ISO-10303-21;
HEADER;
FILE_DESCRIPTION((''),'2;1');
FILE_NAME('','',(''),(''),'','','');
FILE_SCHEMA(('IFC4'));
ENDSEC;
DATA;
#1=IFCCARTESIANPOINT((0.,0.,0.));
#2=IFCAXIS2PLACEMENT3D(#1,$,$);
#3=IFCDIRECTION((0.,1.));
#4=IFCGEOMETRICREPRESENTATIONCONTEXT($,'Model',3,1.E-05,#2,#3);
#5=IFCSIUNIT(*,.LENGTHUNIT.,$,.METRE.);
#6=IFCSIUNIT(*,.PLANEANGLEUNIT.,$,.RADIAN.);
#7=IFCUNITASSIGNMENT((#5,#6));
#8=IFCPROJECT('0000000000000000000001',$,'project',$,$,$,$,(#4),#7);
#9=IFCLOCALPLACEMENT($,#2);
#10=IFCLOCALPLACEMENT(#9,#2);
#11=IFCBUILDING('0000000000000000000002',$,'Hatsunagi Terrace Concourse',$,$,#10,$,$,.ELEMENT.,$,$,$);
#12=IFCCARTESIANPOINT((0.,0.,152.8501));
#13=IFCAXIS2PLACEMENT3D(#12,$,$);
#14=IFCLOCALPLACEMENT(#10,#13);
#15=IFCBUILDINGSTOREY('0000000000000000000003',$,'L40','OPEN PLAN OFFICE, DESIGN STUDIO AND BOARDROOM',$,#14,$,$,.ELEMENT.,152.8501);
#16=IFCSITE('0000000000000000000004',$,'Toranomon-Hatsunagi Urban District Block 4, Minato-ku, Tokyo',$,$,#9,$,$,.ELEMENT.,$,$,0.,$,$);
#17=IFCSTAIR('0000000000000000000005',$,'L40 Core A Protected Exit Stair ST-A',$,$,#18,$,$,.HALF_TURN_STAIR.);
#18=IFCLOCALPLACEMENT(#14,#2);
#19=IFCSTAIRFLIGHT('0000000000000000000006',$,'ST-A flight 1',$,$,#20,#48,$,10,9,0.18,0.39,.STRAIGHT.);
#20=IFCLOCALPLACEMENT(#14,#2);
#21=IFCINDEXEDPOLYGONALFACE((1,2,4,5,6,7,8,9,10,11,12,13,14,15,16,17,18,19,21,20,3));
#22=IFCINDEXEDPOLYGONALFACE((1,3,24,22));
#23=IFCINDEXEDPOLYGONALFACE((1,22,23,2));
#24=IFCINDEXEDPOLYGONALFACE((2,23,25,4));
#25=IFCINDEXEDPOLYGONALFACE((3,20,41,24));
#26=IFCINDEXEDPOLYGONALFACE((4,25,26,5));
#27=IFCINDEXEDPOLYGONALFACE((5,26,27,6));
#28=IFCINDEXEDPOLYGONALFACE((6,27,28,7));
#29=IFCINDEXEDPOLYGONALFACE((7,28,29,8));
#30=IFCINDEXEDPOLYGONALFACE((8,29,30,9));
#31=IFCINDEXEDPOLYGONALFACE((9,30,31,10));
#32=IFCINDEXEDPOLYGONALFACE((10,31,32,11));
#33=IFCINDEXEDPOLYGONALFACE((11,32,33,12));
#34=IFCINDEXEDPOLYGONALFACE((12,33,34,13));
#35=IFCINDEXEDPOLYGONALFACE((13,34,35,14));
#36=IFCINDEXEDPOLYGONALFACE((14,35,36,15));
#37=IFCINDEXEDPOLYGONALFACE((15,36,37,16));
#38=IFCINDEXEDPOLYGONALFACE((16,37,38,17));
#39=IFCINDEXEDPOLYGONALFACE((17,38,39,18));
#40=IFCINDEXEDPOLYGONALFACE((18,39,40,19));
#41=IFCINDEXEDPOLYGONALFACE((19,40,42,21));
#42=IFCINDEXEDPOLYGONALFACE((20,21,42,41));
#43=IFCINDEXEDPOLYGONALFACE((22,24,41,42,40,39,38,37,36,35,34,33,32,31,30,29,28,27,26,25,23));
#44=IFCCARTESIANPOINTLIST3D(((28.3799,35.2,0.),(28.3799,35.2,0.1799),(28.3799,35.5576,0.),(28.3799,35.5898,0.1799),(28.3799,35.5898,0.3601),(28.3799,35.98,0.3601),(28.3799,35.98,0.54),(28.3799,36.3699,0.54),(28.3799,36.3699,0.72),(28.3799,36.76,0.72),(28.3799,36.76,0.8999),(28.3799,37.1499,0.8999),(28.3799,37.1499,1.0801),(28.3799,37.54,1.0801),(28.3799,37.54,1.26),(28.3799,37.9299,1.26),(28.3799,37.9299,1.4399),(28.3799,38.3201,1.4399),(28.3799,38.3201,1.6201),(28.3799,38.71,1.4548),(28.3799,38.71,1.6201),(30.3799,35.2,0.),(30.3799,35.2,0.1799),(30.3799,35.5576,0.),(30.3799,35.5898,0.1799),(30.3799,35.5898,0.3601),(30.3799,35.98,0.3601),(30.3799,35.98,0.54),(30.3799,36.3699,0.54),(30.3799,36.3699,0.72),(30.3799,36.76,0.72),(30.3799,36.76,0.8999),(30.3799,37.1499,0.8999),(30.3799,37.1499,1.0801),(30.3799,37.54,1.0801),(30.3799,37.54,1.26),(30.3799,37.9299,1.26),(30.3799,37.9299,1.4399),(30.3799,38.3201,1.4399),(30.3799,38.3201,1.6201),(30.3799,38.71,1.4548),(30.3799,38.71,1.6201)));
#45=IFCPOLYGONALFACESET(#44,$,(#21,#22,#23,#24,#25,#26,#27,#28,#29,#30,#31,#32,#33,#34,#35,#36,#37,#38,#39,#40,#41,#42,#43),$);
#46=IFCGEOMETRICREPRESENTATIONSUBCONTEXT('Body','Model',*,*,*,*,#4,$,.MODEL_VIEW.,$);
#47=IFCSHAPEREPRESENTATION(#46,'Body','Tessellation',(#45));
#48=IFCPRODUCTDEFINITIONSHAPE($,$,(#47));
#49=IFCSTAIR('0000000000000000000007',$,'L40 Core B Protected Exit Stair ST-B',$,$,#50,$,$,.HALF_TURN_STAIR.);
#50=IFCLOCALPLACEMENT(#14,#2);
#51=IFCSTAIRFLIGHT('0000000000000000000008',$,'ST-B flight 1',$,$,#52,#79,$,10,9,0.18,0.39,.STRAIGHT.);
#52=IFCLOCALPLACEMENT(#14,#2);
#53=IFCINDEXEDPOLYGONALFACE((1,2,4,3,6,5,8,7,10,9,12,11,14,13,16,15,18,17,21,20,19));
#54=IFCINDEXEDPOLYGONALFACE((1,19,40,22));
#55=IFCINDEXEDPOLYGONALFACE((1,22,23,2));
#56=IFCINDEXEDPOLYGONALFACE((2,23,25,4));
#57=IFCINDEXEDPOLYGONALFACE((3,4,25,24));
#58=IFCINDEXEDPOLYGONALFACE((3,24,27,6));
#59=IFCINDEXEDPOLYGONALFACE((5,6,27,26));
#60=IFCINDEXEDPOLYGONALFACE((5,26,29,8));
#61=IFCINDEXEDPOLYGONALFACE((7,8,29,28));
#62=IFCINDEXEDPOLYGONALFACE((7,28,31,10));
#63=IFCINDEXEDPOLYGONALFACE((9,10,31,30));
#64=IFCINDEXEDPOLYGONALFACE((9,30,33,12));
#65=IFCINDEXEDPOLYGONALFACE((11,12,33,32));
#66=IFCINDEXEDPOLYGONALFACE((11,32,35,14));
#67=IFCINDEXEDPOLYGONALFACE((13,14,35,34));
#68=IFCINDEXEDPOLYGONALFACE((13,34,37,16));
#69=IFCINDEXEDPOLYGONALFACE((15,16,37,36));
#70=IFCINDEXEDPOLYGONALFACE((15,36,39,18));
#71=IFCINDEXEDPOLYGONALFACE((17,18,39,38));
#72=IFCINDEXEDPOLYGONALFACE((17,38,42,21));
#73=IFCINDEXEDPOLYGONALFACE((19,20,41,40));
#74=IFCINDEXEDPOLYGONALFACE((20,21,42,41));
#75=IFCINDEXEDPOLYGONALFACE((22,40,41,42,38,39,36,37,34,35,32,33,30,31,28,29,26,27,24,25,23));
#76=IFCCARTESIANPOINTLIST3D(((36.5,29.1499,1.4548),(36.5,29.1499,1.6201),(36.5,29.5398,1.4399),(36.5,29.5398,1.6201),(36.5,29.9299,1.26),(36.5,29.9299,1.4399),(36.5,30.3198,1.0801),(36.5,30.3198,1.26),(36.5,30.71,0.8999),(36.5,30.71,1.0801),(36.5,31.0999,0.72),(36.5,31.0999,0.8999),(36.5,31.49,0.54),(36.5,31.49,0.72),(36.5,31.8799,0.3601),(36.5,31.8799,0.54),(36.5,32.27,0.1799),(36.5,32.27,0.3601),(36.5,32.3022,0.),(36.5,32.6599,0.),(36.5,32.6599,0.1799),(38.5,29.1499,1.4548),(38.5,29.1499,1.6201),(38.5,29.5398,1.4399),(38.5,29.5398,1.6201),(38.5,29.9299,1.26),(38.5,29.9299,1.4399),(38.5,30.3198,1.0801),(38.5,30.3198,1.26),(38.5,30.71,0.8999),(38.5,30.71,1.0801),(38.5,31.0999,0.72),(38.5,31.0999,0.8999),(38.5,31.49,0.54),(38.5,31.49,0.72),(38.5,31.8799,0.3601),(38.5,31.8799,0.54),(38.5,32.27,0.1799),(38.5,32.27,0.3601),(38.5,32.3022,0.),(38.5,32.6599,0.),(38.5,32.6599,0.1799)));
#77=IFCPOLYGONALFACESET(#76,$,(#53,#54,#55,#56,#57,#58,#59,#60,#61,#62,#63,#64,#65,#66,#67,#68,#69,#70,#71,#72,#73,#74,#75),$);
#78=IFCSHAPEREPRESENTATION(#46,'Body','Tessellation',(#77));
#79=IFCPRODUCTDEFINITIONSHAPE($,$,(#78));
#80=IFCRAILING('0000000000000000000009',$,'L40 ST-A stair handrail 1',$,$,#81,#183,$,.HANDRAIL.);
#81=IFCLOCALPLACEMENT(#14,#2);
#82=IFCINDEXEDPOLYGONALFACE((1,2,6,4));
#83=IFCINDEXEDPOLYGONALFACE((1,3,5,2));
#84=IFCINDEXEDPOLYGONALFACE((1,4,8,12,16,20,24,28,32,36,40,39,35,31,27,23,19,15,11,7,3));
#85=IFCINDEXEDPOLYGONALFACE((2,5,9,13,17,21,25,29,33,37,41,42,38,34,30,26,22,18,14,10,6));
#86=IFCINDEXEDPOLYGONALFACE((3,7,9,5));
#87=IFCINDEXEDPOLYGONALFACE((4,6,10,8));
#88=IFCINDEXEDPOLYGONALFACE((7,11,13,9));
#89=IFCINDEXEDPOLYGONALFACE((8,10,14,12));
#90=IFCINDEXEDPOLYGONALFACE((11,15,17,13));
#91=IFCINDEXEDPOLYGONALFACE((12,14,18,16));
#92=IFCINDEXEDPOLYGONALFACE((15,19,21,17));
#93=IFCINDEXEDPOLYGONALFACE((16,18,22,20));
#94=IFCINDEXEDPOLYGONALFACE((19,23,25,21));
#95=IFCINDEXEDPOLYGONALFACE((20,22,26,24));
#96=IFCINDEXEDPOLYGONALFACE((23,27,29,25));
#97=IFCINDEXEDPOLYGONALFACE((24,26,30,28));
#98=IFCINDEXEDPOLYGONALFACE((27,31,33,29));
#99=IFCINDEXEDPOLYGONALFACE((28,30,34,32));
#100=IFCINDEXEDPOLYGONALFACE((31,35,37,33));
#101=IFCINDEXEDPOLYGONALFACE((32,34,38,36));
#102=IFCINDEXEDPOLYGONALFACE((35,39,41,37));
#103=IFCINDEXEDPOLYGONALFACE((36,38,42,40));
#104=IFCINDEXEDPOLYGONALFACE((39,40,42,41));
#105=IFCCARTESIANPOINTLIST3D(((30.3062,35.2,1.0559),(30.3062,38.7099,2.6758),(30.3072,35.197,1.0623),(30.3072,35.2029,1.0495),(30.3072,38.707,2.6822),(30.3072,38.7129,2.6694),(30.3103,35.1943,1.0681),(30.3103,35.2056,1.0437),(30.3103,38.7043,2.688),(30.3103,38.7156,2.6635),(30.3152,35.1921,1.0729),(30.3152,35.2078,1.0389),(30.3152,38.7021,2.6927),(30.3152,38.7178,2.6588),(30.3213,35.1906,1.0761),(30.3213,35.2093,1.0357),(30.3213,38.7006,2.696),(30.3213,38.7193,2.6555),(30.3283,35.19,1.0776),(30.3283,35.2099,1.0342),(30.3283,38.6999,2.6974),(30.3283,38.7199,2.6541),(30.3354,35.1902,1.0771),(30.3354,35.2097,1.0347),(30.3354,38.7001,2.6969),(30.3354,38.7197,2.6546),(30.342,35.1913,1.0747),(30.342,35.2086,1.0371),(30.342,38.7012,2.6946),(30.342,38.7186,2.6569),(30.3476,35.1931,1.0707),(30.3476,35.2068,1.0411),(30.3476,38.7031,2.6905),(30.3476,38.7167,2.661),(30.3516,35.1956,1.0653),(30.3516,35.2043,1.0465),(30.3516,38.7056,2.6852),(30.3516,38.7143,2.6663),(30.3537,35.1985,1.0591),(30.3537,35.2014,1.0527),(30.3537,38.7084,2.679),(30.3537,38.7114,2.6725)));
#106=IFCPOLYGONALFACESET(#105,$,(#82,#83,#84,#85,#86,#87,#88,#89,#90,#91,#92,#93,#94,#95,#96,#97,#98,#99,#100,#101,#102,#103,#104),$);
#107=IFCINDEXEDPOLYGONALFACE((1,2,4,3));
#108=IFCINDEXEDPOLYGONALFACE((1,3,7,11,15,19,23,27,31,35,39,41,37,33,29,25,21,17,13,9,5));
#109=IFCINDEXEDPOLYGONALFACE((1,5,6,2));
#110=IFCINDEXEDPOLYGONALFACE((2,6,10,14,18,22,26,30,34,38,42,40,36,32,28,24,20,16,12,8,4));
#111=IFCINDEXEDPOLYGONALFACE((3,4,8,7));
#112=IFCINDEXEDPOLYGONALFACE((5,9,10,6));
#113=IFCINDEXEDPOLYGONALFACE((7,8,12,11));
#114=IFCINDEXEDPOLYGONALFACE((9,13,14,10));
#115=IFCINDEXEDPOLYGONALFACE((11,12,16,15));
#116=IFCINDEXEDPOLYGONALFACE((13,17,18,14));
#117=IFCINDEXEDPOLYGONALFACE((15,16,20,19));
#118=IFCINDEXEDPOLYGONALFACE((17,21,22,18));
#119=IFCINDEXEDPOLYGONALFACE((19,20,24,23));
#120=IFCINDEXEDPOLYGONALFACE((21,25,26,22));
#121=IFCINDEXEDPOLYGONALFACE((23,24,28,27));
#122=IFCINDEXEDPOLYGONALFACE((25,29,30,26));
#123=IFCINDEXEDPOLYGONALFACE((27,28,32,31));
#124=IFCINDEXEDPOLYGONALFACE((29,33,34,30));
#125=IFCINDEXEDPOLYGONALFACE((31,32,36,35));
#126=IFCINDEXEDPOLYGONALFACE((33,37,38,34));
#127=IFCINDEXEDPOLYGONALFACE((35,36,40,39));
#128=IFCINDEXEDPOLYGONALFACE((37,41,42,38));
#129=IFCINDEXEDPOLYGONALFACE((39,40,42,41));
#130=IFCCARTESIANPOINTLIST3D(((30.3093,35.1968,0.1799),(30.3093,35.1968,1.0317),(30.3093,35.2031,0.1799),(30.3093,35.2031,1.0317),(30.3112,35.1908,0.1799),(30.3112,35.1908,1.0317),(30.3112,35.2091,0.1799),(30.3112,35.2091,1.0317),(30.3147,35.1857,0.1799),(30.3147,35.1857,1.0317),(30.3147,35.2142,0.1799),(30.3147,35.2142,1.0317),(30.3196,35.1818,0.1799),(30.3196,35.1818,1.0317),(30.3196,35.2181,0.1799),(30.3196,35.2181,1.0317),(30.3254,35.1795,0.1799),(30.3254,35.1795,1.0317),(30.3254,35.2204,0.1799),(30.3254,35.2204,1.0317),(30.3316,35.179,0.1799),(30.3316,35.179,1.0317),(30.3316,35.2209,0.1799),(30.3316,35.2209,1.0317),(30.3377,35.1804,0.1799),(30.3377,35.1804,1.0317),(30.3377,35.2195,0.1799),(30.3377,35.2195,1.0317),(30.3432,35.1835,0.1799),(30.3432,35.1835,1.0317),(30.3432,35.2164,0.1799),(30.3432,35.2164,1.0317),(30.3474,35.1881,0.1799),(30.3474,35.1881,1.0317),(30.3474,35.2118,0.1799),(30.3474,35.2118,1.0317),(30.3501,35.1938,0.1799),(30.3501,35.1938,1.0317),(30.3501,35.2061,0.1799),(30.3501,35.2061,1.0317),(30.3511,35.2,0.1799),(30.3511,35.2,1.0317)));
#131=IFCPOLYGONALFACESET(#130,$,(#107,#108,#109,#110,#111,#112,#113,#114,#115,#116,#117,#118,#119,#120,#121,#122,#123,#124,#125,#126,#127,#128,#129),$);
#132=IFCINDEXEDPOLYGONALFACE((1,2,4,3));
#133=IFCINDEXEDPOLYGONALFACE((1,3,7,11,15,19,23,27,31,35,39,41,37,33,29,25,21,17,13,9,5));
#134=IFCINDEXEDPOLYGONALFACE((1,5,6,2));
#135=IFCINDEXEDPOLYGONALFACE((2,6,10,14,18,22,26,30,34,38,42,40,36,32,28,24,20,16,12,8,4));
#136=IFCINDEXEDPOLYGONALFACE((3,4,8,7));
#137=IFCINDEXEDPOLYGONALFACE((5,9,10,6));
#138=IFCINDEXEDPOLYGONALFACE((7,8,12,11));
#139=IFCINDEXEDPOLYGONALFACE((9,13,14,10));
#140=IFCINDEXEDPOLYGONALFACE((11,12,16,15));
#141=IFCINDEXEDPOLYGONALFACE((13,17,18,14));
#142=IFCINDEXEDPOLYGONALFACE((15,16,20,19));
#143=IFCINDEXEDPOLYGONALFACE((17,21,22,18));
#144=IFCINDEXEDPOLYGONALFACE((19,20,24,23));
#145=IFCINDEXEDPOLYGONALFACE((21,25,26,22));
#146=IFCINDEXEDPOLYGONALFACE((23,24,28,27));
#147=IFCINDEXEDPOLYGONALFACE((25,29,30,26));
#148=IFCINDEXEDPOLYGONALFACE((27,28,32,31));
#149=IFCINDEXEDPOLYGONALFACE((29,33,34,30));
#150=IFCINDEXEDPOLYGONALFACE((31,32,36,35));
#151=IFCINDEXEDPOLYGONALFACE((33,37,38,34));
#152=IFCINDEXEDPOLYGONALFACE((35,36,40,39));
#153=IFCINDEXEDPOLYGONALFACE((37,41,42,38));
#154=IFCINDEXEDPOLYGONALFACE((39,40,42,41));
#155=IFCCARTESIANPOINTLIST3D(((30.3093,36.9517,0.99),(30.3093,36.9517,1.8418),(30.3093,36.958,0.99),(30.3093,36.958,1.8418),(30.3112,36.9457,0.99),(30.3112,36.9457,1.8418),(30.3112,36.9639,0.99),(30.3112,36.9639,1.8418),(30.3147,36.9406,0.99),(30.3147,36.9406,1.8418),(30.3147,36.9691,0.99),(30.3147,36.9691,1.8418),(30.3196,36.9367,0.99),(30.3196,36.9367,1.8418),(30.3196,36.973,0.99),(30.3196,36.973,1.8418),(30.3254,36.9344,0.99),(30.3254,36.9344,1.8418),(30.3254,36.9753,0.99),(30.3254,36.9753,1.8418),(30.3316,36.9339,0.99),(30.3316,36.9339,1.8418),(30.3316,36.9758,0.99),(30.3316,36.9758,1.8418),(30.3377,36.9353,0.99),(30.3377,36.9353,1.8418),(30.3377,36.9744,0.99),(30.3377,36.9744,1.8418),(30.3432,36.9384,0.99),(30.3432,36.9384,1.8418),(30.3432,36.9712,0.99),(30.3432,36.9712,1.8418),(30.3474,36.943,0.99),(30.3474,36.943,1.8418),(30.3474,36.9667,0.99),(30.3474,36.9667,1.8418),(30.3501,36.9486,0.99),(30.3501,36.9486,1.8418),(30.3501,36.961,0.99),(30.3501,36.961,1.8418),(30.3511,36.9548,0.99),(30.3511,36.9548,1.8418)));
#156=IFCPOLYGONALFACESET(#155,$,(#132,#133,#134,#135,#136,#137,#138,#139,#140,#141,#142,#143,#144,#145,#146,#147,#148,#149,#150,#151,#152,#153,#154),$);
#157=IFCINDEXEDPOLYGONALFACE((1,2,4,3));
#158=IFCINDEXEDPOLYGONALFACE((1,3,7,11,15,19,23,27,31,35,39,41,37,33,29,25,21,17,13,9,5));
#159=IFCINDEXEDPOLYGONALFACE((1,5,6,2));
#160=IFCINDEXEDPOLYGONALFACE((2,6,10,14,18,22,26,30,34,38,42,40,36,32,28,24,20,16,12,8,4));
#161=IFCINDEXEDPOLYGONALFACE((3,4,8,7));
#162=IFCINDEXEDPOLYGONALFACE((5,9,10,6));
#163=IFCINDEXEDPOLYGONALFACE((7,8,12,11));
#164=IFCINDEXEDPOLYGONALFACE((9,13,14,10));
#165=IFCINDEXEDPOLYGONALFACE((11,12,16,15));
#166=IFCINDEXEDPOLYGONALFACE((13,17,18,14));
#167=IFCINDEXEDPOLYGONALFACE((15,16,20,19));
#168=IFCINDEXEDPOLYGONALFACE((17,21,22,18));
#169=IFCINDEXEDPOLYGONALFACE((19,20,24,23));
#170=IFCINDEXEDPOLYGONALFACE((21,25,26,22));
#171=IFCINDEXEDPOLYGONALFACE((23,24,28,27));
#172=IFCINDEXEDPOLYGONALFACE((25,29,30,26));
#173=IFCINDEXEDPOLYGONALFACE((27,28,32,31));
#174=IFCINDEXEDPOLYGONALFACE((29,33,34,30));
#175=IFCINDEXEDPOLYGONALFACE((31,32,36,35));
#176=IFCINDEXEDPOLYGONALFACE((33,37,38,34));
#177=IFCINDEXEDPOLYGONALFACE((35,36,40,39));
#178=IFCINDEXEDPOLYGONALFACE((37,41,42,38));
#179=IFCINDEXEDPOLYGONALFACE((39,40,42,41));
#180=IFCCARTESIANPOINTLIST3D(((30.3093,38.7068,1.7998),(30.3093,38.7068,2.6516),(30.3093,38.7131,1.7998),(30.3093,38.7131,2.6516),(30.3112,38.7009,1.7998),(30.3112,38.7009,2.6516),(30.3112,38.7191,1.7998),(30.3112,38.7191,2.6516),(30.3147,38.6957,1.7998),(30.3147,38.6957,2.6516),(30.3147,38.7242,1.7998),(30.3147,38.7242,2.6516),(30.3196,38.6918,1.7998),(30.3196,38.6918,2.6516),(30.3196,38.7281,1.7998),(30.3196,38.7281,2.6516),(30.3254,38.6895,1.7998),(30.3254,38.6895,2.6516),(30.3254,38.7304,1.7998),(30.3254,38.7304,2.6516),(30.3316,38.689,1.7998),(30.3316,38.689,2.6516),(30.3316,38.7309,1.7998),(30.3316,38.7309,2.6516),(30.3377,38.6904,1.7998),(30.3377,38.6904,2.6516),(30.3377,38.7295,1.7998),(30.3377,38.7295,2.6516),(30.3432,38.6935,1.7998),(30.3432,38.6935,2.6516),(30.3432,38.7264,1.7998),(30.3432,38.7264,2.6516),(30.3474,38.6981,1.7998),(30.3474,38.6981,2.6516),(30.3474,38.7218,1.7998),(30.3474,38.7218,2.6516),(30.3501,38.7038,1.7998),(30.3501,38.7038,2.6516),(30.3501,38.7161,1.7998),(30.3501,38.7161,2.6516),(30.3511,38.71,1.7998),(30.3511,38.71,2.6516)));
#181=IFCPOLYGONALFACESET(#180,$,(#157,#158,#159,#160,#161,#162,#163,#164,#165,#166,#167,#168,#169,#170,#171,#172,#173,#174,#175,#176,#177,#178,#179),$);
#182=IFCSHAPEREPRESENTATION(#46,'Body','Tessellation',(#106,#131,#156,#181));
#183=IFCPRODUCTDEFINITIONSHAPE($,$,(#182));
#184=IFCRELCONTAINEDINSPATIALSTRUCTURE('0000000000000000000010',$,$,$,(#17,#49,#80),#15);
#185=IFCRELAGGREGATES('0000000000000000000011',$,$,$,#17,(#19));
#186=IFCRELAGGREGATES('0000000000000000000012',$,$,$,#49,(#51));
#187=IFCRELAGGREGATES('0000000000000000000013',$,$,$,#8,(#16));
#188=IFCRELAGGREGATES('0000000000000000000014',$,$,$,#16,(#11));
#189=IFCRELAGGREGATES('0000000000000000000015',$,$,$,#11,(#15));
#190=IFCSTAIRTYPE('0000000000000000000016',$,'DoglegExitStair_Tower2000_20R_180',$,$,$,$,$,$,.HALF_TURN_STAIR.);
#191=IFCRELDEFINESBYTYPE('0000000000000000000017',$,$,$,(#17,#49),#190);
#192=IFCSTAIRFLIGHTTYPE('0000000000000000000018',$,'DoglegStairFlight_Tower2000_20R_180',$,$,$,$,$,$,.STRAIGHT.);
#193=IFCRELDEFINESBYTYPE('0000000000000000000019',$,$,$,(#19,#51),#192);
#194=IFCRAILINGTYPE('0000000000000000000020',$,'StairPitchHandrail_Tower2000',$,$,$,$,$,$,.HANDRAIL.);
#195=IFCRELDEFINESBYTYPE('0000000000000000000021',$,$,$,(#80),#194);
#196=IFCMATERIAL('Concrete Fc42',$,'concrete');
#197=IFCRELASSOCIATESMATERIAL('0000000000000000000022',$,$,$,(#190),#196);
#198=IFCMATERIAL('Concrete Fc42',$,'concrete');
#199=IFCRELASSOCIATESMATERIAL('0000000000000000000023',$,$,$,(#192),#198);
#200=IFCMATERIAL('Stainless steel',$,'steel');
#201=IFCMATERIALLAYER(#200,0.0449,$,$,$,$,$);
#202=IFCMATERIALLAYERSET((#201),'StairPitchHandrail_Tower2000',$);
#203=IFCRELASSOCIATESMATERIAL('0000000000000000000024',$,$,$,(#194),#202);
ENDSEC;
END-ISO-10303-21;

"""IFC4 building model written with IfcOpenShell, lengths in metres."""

from ifc_helpers import new_model, si_unit, direction, frame, origin, origin_2d, place, context, subcontext, project, spatial, polyline, circle, outline, extrude, material, layer, layer_set, type_object, element, aggregate, save


model = new_model("IFC4")

# Units and contexts
model_context = context("Model", 3, precision=1e-05, world=origin(), true_north=direction((0.0, 1.0)))
body_context = subcontext(model_context, "Body", "Model", "MODEL_VIEW")
ifc_project = project(units=[si_unit("LENGTHUNIT", "METRE"), si_unit("PLANEANGLEUNIT", "RADIAN")], contexts=[model_context])

# Site, building, storey
site_placement = place(None, origin())
site = spatial("IfcSite", under=ifc_project, at=site_placement, Name="Toranomon-Hatsunagi Urban District Block 4, Minato-ku, Tokyo", CompositionType="ELEMENT", RefElevation=0.0)
building_placement = place(site_placement, origin())
building = spatial("IfcBuilding", under=site, at=building_placement, Name="Hatsunagi Terrace Concourse", CompositionType="ELEMENT")
storey_placement = place(building_placement, frame((0.0, 0.0, 152.8501)))
storey = spatial("IfcBuildingStorey", under=building, at=storey_placement, Name="L40", Description="OPEN PLAN OFFICE, DESIGN STUDIO AND BOARDROOM", CompositionType="ELEMENT", Elevation=152.8501)

# Stairs, stair flights
ifc_material_1 = material(Name="Concrete Fc42", Category="concrete")
stair_type = type_object("IfcStairType", Name="DoglegExitStair_Tower2000_20R_180", PredefinedType="HALF_TURN_STAIR", material=ifc_material_1)
stair_1_placement = place(storey_placement, origin())
stair_1 = element("IfcStair", 1, at=stair_1_placement, inside=storey, type_object=stair_type, Name="L40 Core A Protected Exit Stair ST-A", PredefinedType="HALF_TURN_STAIR")
ifc_material_2 = material(Name="Concrete Fc42", Category="concrete")
stair_flight_type = type_object("IfcStairFlightType", Name="DoglegStairFlight_Tower2000_20R_180", PredefinedType="STRAIGHT", material=ifc_material_2)
stair_flight_1_placement = place(storey_placement, frame((29.3799, 35.2, 0.0), z_axis=(0.0, 0.0, 1.0), x_axis=(0.0, 1.0, 0.0)))
stair_flight_1 = element("IfcStairFlight", 2, at=stair_flight_1_placement, type_object=stair_flight_type, Name="ST-A flight 1", NumberOfRisers=10, NumberOfTreads=9, PredefinedType="STRAIGHT", RiserHeight=0.18, TreadLength=0.39, context=body_context, shape_type="SweptSolid", body=[
    extrude(outline(polyline([(0.0, 0.0), (0.0, 0.1799), (0.3899, 0.1799), (0.3899, 0.3601), (0.78, 0.3601), (0.78, 0.54), (1.1699, 0.54), (1.1699, 0.72), (1.5601, 0.72), (1.5601, 0.8999), (1.95, 0.8999), (1.95, 1.0801), (2.3401, 1.0801), (2.3401, 1.26), (2.73, 1.26), (2.73, 1.4399), (3.1201, 1.4399), (3.1201, 1.6201), (3.51, 1.6201), (3.51, 1.8), (3.51, 1.4548), (0.3577, 0.0), (0.0, 0.0)])), frame((0.0, 1.0, 0.0), z_axis=(0.0, -1.0, 0.0), x_axis=(1.0, 0.0, 0.0)), (0.0, 0.0, 1.0), 2.0),
])
aggregate(stair_1, [stair_flight_1])
stair_2_placement = place(storey_placement, origin())
stair_2 = element("IfcStair", 3, at=stair_2_placement, inside=storey, type_object=stair_type, Name="L40 Core B Protected Exit Stair ST-B", PredefinedType="HALF_TURN_STAIR")
stair_flight_2_placement = place(storey_placement, frame((37.5, 32.6599, 0.0), z_axis=(0.0, 0.0, 1.0), x_axis=(0.0, -1.0, 0.0)))
stair_flight_2 = element("IfcStairFlight", 4, at=stair_flight_2_placement, type_object=stair_flight_type, Name="ST-B flight 1", NumberOfRisers=10, NumberOfTreads=9, PredefinedType="STRAIGHT", RiserHeight=0.18, TreadLength=0.39, context=body_context, shape_type="SweptSolid", body=[
    extrude(outline(polyline([(0.0, 0.0), (0.0, 0.1799), (0.3899, 0.1799), (0.3899, 0.3601), (0.78, 0.3601), (0.78, 0.54), (1.1699, 0.54), (1.1699, 0.72), (1.5601, 0.72), (1.5601, 0.8999), (1.95, 0.8999), (1.95, 1.0801), (2.3401, 1.0801), (2.3401, 1.26), (2.73, 1.26), (2.73, 1.4399), (3.1201, 1.4399), (3.1201, 1.6201), (3.51, 1.6201), (3.51, 1.8), (3.51, 1.4548), (0.3577, 0.0), (0.0, 0.0)])), frame((0.0, 1.0, 0.0), z_axis=(0.0, -1.0, 0.0), x_axis=(1.0, 0.0, 0.0)), (0.0, 0.0, 1.0), 2.0),
])
aggregate(stair_2, [stair_flight_2])

# Railing
ifc_material_3 = material(Name="Stainless steel", Category="steel")
ifc_layer_1 = layer(ifc_material_3, 0.0449)
ifc_layer_set_1 = layer_set([ifc_layer_1], Name="StairPitchHandrail_Tower2000")
railing_type_1 = type_object("IfcRailingType", Name="StairPitchHandrail_Tower2000", PredefinedType="HANDRAIL", material=ifc_layer_set_1)
railing_1_placement = place(storey_placement, frame((30.3301, 35.2, 0.1799)))
element("IfcRailing", 5, at=railing_1_placement, inside=storey, type_object=railing_type_1, Name="L40 ST-A stair handrail 1", PredefinedType="HANDRAIL", context=body_context, shape_type="SweptSolid", body=[
    extrude(circle(Radius=0.0239, at=origin_2d()), frame((0.0, 0.0, 0.876), z_axis=(0.0, 0.907972, 0.41903), x_axis=(-1.0, 0.0, 0.0)), (0.0, 0.0, 1.0), 3.8657),
    extrude(circle(Radius=0.021, at=origin_2d()), origin(), (0.0, 0.0, 1.0), 0.8518),
    extrude(circle(Radius=0.021, at=origin_2d()), frame((0.0, 1.7549, 0.8101)), (0.0, 0.0, 1.0), 0.8518),
    extrude(circle(Radius=0.021, at=origin_2d()), frame((0.0, 3.51, 1.6199)), (0.0, 0.0, 1.0), 0.8518),
])

save(model, "model.ifc")
